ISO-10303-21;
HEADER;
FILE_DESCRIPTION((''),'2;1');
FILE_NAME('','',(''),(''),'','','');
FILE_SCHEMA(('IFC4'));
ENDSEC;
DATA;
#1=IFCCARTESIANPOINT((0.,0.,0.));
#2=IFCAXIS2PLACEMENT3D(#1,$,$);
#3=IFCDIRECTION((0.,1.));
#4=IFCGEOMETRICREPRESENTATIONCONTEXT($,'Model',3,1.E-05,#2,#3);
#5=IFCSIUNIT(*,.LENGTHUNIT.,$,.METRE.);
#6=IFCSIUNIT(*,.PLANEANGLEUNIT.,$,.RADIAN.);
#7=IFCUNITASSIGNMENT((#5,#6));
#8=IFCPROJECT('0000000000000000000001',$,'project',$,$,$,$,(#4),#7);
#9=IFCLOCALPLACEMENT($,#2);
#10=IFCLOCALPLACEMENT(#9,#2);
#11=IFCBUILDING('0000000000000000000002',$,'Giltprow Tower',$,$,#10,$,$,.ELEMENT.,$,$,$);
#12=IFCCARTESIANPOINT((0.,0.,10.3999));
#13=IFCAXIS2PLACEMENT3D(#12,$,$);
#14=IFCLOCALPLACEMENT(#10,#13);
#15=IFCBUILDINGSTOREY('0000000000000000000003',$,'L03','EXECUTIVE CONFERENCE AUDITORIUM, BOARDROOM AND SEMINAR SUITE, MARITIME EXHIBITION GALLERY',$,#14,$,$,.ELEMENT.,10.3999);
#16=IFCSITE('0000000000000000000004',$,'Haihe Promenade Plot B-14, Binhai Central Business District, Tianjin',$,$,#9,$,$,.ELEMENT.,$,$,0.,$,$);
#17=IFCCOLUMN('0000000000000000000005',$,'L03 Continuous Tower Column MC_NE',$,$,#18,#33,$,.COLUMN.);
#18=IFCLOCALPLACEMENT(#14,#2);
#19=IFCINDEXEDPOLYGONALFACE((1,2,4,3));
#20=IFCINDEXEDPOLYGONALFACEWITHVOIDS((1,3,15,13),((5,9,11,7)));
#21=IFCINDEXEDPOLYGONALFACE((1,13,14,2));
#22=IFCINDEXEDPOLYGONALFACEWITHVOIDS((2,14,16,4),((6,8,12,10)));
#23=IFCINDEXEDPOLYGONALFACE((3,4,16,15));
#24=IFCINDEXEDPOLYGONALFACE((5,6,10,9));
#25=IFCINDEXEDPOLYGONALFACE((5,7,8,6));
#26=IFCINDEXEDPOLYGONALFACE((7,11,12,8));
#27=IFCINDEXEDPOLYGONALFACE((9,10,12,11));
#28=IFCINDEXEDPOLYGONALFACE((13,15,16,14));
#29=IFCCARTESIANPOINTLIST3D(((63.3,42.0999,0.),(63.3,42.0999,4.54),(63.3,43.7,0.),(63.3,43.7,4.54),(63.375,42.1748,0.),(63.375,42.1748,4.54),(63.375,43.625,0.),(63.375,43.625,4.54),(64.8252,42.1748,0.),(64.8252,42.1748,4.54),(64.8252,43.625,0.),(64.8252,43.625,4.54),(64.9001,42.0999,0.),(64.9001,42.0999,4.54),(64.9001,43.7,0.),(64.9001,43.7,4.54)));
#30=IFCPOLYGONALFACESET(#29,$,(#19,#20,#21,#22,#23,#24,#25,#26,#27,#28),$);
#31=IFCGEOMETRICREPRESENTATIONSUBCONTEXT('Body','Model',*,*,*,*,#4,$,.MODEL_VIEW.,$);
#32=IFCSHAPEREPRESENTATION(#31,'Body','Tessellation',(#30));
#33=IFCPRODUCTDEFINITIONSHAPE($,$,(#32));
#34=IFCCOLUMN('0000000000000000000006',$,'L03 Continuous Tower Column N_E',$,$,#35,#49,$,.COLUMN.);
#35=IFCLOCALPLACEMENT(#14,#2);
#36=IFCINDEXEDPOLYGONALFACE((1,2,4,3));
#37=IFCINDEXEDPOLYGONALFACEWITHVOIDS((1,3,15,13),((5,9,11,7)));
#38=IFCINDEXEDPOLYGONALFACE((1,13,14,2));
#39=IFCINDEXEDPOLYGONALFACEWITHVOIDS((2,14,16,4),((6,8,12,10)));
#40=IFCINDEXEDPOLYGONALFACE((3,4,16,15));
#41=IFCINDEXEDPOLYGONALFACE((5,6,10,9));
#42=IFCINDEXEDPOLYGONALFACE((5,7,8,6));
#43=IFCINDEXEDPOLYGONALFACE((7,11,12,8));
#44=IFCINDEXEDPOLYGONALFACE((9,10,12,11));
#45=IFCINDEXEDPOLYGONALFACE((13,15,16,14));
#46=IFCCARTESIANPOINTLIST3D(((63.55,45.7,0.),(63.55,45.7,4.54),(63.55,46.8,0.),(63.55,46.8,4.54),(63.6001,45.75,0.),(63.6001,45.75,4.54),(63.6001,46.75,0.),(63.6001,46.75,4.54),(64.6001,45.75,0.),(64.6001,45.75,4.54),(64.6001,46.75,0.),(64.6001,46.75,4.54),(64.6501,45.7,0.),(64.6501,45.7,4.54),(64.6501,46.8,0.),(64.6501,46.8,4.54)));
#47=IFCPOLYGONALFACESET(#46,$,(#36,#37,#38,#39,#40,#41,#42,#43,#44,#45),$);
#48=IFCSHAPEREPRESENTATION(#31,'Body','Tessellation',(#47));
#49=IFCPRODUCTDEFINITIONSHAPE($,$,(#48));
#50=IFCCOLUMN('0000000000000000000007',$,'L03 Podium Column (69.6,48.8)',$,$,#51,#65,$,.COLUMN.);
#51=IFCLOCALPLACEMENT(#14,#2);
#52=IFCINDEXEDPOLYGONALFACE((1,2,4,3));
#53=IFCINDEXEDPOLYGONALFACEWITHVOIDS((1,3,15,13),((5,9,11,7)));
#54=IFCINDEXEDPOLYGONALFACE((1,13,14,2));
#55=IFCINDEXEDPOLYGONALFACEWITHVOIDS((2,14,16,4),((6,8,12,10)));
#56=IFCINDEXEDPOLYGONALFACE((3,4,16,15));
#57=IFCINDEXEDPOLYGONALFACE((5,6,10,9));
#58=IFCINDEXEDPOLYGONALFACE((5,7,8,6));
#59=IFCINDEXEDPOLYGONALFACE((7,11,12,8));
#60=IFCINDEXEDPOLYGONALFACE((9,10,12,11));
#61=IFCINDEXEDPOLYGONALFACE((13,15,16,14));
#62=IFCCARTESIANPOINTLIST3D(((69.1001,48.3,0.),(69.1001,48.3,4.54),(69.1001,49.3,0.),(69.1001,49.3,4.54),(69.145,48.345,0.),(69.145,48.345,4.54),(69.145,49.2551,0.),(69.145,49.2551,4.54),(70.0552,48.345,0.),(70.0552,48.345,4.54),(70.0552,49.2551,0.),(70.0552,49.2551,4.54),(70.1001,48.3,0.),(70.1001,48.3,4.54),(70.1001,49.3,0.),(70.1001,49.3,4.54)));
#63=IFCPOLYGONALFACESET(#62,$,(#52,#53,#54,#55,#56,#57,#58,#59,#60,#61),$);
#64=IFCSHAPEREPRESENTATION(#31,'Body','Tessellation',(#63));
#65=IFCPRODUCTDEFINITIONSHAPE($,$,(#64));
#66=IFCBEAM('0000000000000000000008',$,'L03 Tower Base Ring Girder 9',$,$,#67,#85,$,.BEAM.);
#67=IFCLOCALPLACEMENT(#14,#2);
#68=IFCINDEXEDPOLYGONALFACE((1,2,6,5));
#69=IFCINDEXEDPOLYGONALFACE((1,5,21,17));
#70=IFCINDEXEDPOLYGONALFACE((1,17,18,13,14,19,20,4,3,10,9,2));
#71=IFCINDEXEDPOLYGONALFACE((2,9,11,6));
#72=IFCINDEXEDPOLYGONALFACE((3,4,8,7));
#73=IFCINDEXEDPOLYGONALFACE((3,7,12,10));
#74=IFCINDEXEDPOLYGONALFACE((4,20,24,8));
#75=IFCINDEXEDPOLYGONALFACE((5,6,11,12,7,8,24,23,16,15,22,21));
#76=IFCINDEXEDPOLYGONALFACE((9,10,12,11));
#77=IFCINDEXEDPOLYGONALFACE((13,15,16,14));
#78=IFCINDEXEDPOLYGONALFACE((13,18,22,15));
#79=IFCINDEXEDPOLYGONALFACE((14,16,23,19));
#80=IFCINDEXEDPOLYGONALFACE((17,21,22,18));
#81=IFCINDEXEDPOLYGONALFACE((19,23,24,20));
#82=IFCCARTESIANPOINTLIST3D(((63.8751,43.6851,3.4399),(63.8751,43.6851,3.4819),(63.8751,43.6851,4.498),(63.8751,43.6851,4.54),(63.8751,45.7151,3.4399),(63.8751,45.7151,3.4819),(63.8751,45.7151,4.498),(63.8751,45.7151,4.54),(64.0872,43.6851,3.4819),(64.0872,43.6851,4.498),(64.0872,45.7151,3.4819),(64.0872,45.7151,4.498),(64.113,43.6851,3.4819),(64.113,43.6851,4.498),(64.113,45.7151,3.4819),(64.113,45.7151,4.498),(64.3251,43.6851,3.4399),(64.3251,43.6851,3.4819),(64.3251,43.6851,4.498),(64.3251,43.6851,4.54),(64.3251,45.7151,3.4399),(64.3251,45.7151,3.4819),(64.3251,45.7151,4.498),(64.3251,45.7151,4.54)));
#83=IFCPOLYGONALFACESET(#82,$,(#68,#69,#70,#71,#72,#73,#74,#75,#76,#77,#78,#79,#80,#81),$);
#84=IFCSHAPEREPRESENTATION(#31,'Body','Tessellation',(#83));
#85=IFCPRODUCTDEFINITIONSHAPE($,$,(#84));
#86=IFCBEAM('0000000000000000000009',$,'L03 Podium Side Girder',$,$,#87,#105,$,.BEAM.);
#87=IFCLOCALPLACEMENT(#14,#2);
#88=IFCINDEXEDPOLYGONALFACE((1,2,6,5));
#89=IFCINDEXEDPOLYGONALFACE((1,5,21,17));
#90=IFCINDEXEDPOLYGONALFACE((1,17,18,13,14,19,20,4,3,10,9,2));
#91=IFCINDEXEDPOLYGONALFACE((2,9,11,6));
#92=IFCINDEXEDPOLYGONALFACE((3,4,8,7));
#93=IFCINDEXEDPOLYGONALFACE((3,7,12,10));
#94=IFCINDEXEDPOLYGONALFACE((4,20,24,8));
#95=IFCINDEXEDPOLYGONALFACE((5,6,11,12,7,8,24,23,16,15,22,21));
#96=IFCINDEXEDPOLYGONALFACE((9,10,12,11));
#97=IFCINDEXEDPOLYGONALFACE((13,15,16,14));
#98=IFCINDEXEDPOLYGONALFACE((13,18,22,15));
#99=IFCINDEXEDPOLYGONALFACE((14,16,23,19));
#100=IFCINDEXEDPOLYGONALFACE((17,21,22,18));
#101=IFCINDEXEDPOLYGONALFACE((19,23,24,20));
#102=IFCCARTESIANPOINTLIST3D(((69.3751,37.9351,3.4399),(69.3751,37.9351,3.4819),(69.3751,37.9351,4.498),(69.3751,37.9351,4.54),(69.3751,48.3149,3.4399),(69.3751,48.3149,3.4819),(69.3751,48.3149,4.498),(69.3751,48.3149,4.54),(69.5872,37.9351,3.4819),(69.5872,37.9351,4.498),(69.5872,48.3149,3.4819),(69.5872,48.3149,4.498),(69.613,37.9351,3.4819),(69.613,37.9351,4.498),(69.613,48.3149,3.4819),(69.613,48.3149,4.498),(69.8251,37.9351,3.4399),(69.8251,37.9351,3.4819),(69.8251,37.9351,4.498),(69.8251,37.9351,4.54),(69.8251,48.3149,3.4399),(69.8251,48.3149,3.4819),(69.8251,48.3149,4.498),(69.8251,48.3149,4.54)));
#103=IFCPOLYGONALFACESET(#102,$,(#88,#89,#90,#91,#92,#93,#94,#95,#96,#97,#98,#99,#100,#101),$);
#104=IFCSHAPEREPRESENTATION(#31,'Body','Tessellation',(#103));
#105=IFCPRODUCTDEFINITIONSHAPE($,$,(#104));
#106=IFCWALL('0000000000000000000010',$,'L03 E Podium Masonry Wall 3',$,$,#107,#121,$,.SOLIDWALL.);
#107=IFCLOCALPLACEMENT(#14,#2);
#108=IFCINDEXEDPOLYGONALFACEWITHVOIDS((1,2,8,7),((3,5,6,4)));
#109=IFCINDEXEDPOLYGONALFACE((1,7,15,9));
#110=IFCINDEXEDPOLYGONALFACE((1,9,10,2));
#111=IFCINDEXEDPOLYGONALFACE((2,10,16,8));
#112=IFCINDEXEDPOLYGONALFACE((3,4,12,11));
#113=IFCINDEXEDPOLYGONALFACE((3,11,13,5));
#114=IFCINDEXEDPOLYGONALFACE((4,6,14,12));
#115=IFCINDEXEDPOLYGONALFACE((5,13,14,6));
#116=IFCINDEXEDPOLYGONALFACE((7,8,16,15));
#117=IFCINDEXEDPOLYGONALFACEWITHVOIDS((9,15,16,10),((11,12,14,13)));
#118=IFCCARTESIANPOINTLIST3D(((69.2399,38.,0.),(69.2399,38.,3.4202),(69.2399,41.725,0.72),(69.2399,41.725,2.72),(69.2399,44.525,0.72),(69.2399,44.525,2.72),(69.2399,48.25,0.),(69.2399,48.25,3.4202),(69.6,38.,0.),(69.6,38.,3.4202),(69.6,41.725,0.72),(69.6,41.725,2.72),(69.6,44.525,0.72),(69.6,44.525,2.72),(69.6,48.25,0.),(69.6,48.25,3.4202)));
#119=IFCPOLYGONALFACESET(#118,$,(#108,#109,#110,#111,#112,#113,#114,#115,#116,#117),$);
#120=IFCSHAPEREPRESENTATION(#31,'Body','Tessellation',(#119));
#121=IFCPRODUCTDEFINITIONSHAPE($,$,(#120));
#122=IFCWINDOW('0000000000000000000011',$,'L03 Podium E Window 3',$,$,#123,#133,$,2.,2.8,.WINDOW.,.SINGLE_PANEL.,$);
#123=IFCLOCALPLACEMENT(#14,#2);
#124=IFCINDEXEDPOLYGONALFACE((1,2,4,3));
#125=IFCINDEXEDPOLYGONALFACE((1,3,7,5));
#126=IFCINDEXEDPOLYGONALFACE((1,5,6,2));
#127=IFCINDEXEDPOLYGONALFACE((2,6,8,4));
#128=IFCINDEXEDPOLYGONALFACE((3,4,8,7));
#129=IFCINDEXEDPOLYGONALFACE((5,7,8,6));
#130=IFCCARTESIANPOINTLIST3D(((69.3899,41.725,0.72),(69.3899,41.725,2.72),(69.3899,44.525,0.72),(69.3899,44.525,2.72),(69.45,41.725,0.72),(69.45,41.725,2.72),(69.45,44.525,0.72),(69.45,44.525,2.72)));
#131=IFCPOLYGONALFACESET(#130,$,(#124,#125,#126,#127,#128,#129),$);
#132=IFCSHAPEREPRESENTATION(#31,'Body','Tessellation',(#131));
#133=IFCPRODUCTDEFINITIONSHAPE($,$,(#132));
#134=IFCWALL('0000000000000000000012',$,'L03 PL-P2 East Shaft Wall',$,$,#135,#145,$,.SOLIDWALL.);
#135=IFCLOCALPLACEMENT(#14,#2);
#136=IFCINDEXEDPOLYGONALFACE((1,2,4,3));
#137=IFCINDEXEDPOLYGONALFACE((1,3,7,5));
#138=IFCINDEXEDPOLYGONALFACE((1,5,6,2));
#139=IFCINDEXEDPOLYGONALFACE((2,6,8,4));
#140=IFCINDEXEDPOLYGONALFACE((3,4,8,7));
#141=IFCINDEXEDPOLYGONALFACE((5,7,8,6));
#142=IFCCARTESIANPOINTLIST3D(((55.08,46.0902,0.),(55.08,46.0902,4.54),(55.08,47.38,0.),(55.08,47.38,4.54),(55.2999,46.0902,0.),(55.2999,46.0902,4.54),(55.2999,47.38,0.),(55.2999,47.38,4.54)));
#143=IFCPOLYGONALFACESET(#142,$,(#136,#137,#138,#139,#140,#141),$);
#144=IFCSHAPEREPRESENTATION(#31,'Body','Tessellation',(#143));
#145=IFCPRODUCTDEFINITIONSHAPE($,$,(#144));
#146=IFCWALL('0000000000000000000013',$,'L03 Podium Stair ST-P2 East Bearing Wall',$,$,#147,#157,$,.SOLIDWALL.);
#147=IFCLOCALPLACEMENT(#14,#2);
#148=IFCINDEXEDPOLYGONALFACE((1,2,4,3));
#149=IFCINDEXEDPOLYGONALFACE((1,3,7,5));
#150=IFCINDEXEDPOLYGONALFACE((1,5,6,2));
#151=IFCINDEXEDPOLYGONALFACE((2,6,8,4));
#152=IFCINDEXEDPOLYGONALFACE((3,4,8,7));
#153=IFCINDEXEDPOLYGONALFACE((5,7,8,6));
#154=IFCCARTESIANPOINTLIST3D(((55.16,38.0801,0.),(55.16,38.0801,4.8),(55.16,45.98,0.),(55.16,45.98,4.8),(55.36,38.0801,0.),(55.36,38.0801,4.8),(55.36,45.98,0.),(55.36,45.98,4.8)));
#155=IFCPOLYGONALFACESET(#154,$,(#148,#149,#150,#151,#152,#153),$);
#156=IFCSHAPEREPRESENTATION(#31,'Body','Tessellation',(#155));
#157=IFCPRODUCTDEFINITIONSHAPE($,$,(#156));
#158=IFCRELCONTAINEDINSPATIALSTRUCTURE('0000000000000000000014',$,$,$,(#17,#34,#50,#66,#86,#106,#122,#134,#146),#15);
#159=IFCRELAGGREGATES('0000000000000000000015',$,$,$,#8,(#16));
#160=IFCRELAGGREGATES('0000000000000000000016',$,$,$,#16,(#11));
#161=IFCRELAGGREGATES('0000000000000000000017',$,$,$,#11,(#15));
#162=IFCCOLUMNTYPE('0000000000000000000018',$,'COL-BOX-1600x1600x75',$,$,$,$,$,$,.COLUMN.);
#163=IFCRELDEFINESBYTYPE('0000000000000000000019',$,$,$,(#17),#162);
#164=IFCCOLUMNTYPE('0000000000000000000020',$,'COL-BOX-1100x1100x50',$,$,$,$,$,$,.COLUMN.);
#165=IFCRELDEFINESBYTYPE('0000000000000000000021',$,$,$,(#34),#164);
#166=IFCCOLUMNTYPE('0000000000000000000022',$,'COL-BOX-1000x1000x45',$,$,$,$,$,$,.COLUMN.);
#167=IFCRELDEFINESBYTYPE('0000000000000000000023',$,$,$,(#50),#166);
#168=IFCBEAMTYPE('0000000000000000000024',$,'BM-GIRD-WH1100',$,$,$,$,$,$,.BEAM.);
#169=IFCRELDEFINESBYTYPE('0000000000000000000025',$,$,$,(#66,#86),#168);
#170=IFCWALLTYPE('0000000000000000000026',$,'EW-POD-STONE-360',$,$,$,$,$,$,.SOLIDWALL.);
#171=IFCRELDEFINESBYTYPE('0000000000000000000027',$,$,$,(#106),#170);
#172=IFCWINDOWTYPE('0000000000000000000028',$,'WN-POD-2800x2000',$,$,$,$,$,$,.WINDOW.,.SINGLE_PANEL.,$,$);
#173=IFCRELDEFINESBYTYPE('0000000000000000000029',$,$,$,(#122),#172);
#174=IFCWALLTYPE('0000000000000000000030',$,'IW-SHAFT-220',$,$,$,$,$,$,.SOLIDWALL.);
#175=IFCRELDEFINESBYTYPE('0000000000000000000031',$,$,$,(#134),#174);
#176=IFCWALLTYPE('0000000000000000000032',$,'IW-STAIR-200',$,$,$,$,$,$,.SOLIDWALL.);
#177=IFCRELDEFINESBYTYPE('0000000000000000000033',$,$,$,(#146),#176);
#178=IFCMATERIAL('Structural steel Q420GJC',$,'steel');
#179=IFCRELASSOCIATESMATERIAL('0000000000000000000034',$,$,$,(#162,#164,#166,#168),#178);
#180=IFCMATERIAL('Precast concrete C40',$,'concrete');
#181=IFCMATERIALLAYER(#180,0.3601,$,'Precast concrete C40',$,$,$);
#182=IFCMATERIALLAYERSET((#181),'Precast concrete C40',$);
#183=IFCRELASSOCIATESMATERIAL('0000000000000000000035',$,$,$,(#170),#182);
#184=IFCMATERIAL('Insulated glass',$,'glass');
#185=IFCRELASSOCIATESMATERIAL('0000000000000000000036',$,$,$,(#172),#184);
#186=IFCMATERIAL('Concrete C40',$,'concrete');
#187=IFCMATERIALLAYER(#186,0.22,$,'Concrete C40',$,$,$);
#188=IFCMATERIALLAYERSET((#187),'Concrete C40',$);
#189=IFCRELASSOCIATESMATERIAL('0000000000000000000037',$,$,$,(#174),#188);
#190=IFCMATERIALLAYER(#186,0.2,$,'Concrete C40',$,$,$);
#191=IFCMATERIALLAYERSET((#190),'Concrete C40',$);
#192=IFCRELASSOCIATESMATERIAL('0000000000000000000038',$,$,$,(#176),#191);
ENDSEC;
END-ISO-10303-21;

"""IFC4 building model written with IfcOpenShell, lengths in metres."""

from ifc_helpers import new_model, si_unit, direction, frame, frame_2d, origin, origin_2d, place, context, subcontext, project, spatial, rectangle, hollow_rectangle, i_section, extrude, source, transform, mapped, material, layer, layer_set, material_profile, profile_set, type_object, element, fill, save


model = new_model("IFC4")

# Units and contexts
model_context = context("Model", 3, precision=1e-05, world=origin(), true_north=direction((0.0, 1.0)))
body_context = subcontext(model_context, "Body", "Model", "MODEL_VIEW")
ifc_project = project(units=[si_unit("LENGTHUNIT", "METRE"), si_unit("PLANEANGLEUNIT", "RADIAN")], contexts=[model_context])

# Site, building, storey
site_placement = place(None, origin())
site = spatial("IfcSite", under=ifc_project, at=site_placement, Name="Haihe Promenade Plot B-14, Binhai Central Business District, Tianjin", CompositionType="ELEMENT", RefElevation=0.0)
building_placement = place(site_placement, origin())
building = spatial("IfcBuilding", under=site, at=building_placement, Name="Giltprow Tower", CompositionType="ELEMENT")
storey_placement = place(building_placement, frame((0.0, 0.0, 10.3999)))
storey = spatial("IfcBuildingStorey", under=building, at=storey_placement, Name="L03", Description="EXECUTIVE CONFERENCE AUDITORIUM, BOARDROOM AND SEMINAR SUITE, MARITIME EXHIBITION GALLERY", CompositionType="ELEMENT", Elevation=10.3999)

# Columns
ifc_material_1 = material(Name="Structural steel Q420GJC", Category="steel")
ifc_material_profile_1 = material_profile(ifc_material_1, hollow_rectangle(XDim=1.6001, YDim=1.6001, WallThickness=0.075, at=origin_2d()), Name="BOX 1600x1600x75")
ifc_profile_set_1 = profile_set([ifc_material_profile_1], Name="Structural steel Q420GJC")
column_type_1 = type_object("IfcColumnType", Name="COL-BOX-1600x1600x75", PredefinedType="COLUMN", material=ifc_profile_set_1)
shared_shape_1 = source(origin(), body_context, "Body", "SweptSolid", [
    extrude(hollow_rectangle(XDim=1.6001, YDim=1.6001, WallThickness=0.075, at=origin_2d()), origin(), (0.0, 0.0, 1.0), 4.54),
])
column_1_placement = place(storey_placement, frame((64.1001, 42.8999, 0.0), z_axis=(0.0, 0.0, 1.0), x_axis=(1.0, 0.0, 0.0)))
element("IfcColumn", 1, at=column_1_placement, inside=storey, type_object=column_type_1, Name="L03 Continuous Tower Column MC_NE", PredefinedType="COLUMN", context=body_context, shape_type="MappedRepresentation", body=[
    mapped(shared_shape_1, transform((0.0, 0.0, 0.0), x_axis=(1.0, 0.0, 0.0), y_axis=(0.0, 1.0, 0.0), z_axis=(0.0, 0.0, 1.0), scale=1.0)),
])
ifc_material_profile_2 = material_profile(ifc_material_1, hollow_rectangle(XDim=1.1001, YDim=1.1001, WallThickness=0.05, at=origin_2d()), Name="BOX 1100x1100x50")
ifc_profile_set_2 = profile_set([ifc_material_profile_2], Name="Structural steel Q420GJC")
column_type_2 = type_object("IfcColumnType", Name="COL-BOX-1100x1100x50", PredefinedType="COLUMN", material=ifc_profile_set_2)
shared_shape_2 = source(origin(), body_context, "Body", "SweptSolid", [
    extrude(hollow_rectangle(XDim=1.1001, YDim=1.1001, WallThickness=0.05, at=origin_2d()), origin(), (0.0, 0.0, 1.0), 4.54),
])
column_2_placement = place(storey_placement, frame((64.1001, 46.25, 0.0), z_axis=(0.0, 0.0, 1.0), x_axis=(1.0, 0.0, 0.0)))
element("IfcColumn", 2, at=column_2_placement, inside=storey, type_object=column_type_2, Name="L03 Continuous Tower Column N_E", PredefinedType="COLUMN", context=body_context, shape_type="MappedRepresentation", body=[
    mapped(shared_shape_2, transform((0.0, 0.0, 0.0), x_axis=(1.0, 0.0, 0.0), y_axis=(0.0, 1.0, 0.0), z_axis=(0.0, 0.0, 1.0), scale=1.0)),
])
ifc_material_profile_3 = material_profile(ifc_material_1, hollow_rectangle(XDim=1.0, YDim=1.0, WallThickness=0.0449, at=origin_2d()), Name="BOX 1000x1000x45")
ifc_profile_set_3 = profile_set([ifc_material_profile_3], Name="Structural steel Q420GJC")
column_type_3 = type_object("IfcColumnType", Name="COL-BOX-1000x1000x45", PredefinedType="COLUMN", material=ifc_profile_set_3)
shared_shape_3 = source(origin(), body_context, "Body", "SweptSolid", [
    extrude(hollow_rectangle(XDim=1.0, YDim=1.0, WallThickness=0.0449, at=origin_2d()), origin(), (0.0, 0.0, 1.0), 4.54),
])
column_3_placement = place(storey_placement, frame((69.6001, 48.8, 0.0), z_axis=(0.0, 0.0, 1.0), x_axis=(1.0, 0.0, 0.0)))
element("IfcColumn", 3, at=column_3_placement, inside=storey, type_object=column_type_3, Name="L03 Podium Column (69.6,48.8)", PredefinedType="COLUMN", context=body_context, shape_type="MappedRepresentation", body=[
    mapped(shared_shape_3, transform((0.0, 0.0, 0.0), x_axis=(1.0, 0.0, 0.0), y_axis=(0.0, 1.0, 0.0), z_axis=(0.0, 0.0, 1.0), scale=1.0)),
])

# Beams
ifc_material_profile_4 = material_profile(ifc_material_1, i_section(OverallWidth=0.45, OverallDepth=1.1001, WebThickness=0.0259, FlangeThickness=0.042, at=origin_2d()), Name="WH 1100x450x26x42")
ifc_profile_set_4 = profile_set([ifc_material_profile_4], Name="Structural steel Q420GJC")
beam_type = type_object("IfcBeamType", Name="BM-GIRD-WH1100", PredefinedType="BEAM", material=ifc_profile_set_4)
shared_shape_4 = source(origin(), body_context, "Body", "SweptSolid", [
    extrude(i_section(OverallWidth=0.45, OverallDepth=1.1001, WebThickness=0.0259, FlangeThickness=0.042, at=origin_2d()), origin(), (0.0, 0.0, 1.0), 2.03),
])
beam_1_placement = place(storey_placement, frame((64.1001, 43.6851, 3.99), z_axis=(0.0, 1.0, 0.0), x_axis=(-1.0, 0.0, 0.0)))
element("IfcBeam", 4, at=beam_1_placement, inside=storey, type_object=beam_type, Name="L03 Tower Base Ring Girder 9", PredefinedType="BEAM", context=body_context, shape_type="MappedRepresentation", body=[
    mapped(shared_shape_4, transform((0.0, 0.0, 0.0), x_axis=(1.0, 0.0, 0.0), y_axis=(0.0, 1.0, 0.0), z_axis=(0.0, 0.0, 1.0), scale=1.0)),
])
shared_shape_5 = source(origin(), body_context, "Body", "SweptSolid", [
    extrude(i_section(OverallWidth=0.45, OverallDepth=1.1001, WebThickness=0.0259, FlangeThickness=0.042, at=origin_2d()), origin(), (0.0, 0.0, 1.0), 10.3799),
])
beam_2_placement = place(storey_placement, frame((69.6001, 37.9351, 3.99), z_axis=(0.0, 1.0, 0.0), x_axis=(-1.0, 0.0, 0.0)))
element("IfcBeam", 5, at=beam_2_placement, inside=storey, type_object=beam_type, Name="L03 Podium Side Girder", PredefinedType="BEAM", context=body_context, shape_type="MappedRepresentation", body=[
    mapped(shared_shape_5, transform((0.0, 0.0, 0.0), x_axis=(1.0, 0.0, 0.0), y_axis=(0.0, 1.0, 0.0), z_axis=(0.0, 0.0, 1.0), scale=1.0)),
])

# Wall, opening, window
ifc_material_2 = material(Name="Precast concrete C40", Category="concrete")
ifc_layer_1 = layer(ifc_material_2, 0.3601, Name="Precast concrete C40")
ifc_layer_set_1 = layer_set([ifc_layer_1], Name="Precast concrete C40")
wall_type_1 = type_object("IfcWallType", Name="EW-POD-STONE-360", PredefinedType="SOLIDWALL", material=ifc_layer_set_1)
wall_1_placement = place(storey_placement, frame((69.4199, 38.0, 0.0), z_axis=(0.0, 0.0, 1.0), x_axis=(0.0, 1.0, 0.0)))
wall_1 = element("IfcWall", 6, at=wall_1_placement, inside=storey, type_object=wall_type_1, Name="L03 E Podium Masonry Wall 3", PredefinedType="SOLIDWALL", context=body_context, shape_type="SweptSolid", body=[
    extrude(rectangle(XDim=10.25, YDim=0.3601, at=frame_2d((5.125, 0.0))), origin(), (0.0, 0.0, 1.0), 3.4202),
])
opening_1_placement = place(wall_1_placement, frame((3.7251, 0.0, 0.72)))
opening_1 = element("IfcOpeningElement", 7, at=opening_1_placement, cuts=wall_1, PredefinedType="OPENING", context=body_context, shape_type="SweptSolid", body=[
    extrude(rectangle(XDim=2.8, YDim=2.0, at=frame_2d((1.3999, 1.0))), frame((0.0, 0.1899, 0.0), z_axis=(0.0, -1.0, 0.0), x_axis=(1.0, 0.0, 0.0)), (0.0, 0.0, 1.0), 0.3801),
])
ifc_material_3 = material(Name="Insulated glass", Category="glass")
window_type = type_object("IfcWindowType", Name="WN-POD-2800x2000", PartitioningType="SINGLE_PANEL", PredefinedType="WINDOW", material=ifc_material_3)
shared_shape_6 = source(origin(), body_context, "Body", "SweptSolid", [
    extrude(rectangle(XDim=2.8, YDim=2.0, at=frame_2d((1.3999, 1.0))), frame((0.0, 0.03, 0.0), z_axis=(0.0, -1.0, 0.0), x_axis=(1.0, 0.0, 0.0)), (0.0, 0.0, 1.0), 0.0601),
])
window_placement = place(opening_1_placement, origin())
window = element("IfcWindow", 8, at=window_placement, inside=storey, type_object=window_type, Name="L03 Podium E Window 3", OverallHeight=2.0, OverallWidth=2.8, PartitioningType="SINGLE_PANEL", PredefinedType="WINDOW", context=body_context, shape_type="MappedRepresentation", body=[
    mapped(shared_shape_6, transform((0.0, 0.0, 0.0), x_axis=(1.0, 0.0, 0.0), y_axis=(0.0, 1.0, 0.0), z_axis=(0.0, 0.0, 1.0), scale=1.0)),
])
fill(opening_1, window)

# Walls
ifc_material_4 = material(Name="Concrete C40", Category="concrete")
ifc_layer_2 = layer(ifc_material_4, 0.22, Name="Concrete C40")
ifc_layer_set_2 = layer_set([ifc_layer_2], Name="Concrete C40")
wall_type_2 = type_object("IfcWallType", Name="IW-SHAFT-220", PredefinedType="SOLIDWALL", material=ifc_layer_set_2)
wall_2_placement = place(storey_placement, frame((55.1899, 46.0901, 0.0), z_axis=(0.0, 0.0, 1.0), x_axis=(0.0, 1.0, 0.0)))
element("IfcWall", 9, at=wall_2_placement, inside=storey, type_object=wall_type_2, Name="L03 PL-P2 East Shaft Wall", PredefinedType="SOLIDWALL", context=body_context, shape_type="SweptSolid", body=[
    extrude(rectangle(XDim=1.2898, YDim=0.22, at=frame_2d((0.645, 0.0))), origin(), (0.0, 0.0, 1.0), 4.54),
])
ifc_layer_3 = layer(ifc_material_4, 0.2, Name="Concrete C40")
ifc_layer_set_3 = layer_set([ifc_layer_3], Name="Concrete C40")
wall_type_3 = type_object("IfcWallType", Name="IW-STAIR-200", PredefinedType="SOLIDWALL", material=ifc_layer_set_3)
wall_3_placement = place(storey_placement, frame((55.26, 38.0801, 0.0), z_axis=(0.0, 0.0, 1.0), x_axis=(0.0, 1.0, 0.0)))
element("IfcWall", 10, at=wall_3_placement, inside=storey, type_object=wall_type_3, Name="L03 Podium Stair ST-P2 East Bearing Wall", PredefinedType="SOLIDWALL", context=body_context, shape_type="SweptSolid", body=[
    extrude(rectangle(XDim=7.8999, YDim=0.2, at=frame_2d((3.95, 0.0))), origin(), (0.0, 0.0, 1.0), 4.8),
])

save(model, "model.ifc")
